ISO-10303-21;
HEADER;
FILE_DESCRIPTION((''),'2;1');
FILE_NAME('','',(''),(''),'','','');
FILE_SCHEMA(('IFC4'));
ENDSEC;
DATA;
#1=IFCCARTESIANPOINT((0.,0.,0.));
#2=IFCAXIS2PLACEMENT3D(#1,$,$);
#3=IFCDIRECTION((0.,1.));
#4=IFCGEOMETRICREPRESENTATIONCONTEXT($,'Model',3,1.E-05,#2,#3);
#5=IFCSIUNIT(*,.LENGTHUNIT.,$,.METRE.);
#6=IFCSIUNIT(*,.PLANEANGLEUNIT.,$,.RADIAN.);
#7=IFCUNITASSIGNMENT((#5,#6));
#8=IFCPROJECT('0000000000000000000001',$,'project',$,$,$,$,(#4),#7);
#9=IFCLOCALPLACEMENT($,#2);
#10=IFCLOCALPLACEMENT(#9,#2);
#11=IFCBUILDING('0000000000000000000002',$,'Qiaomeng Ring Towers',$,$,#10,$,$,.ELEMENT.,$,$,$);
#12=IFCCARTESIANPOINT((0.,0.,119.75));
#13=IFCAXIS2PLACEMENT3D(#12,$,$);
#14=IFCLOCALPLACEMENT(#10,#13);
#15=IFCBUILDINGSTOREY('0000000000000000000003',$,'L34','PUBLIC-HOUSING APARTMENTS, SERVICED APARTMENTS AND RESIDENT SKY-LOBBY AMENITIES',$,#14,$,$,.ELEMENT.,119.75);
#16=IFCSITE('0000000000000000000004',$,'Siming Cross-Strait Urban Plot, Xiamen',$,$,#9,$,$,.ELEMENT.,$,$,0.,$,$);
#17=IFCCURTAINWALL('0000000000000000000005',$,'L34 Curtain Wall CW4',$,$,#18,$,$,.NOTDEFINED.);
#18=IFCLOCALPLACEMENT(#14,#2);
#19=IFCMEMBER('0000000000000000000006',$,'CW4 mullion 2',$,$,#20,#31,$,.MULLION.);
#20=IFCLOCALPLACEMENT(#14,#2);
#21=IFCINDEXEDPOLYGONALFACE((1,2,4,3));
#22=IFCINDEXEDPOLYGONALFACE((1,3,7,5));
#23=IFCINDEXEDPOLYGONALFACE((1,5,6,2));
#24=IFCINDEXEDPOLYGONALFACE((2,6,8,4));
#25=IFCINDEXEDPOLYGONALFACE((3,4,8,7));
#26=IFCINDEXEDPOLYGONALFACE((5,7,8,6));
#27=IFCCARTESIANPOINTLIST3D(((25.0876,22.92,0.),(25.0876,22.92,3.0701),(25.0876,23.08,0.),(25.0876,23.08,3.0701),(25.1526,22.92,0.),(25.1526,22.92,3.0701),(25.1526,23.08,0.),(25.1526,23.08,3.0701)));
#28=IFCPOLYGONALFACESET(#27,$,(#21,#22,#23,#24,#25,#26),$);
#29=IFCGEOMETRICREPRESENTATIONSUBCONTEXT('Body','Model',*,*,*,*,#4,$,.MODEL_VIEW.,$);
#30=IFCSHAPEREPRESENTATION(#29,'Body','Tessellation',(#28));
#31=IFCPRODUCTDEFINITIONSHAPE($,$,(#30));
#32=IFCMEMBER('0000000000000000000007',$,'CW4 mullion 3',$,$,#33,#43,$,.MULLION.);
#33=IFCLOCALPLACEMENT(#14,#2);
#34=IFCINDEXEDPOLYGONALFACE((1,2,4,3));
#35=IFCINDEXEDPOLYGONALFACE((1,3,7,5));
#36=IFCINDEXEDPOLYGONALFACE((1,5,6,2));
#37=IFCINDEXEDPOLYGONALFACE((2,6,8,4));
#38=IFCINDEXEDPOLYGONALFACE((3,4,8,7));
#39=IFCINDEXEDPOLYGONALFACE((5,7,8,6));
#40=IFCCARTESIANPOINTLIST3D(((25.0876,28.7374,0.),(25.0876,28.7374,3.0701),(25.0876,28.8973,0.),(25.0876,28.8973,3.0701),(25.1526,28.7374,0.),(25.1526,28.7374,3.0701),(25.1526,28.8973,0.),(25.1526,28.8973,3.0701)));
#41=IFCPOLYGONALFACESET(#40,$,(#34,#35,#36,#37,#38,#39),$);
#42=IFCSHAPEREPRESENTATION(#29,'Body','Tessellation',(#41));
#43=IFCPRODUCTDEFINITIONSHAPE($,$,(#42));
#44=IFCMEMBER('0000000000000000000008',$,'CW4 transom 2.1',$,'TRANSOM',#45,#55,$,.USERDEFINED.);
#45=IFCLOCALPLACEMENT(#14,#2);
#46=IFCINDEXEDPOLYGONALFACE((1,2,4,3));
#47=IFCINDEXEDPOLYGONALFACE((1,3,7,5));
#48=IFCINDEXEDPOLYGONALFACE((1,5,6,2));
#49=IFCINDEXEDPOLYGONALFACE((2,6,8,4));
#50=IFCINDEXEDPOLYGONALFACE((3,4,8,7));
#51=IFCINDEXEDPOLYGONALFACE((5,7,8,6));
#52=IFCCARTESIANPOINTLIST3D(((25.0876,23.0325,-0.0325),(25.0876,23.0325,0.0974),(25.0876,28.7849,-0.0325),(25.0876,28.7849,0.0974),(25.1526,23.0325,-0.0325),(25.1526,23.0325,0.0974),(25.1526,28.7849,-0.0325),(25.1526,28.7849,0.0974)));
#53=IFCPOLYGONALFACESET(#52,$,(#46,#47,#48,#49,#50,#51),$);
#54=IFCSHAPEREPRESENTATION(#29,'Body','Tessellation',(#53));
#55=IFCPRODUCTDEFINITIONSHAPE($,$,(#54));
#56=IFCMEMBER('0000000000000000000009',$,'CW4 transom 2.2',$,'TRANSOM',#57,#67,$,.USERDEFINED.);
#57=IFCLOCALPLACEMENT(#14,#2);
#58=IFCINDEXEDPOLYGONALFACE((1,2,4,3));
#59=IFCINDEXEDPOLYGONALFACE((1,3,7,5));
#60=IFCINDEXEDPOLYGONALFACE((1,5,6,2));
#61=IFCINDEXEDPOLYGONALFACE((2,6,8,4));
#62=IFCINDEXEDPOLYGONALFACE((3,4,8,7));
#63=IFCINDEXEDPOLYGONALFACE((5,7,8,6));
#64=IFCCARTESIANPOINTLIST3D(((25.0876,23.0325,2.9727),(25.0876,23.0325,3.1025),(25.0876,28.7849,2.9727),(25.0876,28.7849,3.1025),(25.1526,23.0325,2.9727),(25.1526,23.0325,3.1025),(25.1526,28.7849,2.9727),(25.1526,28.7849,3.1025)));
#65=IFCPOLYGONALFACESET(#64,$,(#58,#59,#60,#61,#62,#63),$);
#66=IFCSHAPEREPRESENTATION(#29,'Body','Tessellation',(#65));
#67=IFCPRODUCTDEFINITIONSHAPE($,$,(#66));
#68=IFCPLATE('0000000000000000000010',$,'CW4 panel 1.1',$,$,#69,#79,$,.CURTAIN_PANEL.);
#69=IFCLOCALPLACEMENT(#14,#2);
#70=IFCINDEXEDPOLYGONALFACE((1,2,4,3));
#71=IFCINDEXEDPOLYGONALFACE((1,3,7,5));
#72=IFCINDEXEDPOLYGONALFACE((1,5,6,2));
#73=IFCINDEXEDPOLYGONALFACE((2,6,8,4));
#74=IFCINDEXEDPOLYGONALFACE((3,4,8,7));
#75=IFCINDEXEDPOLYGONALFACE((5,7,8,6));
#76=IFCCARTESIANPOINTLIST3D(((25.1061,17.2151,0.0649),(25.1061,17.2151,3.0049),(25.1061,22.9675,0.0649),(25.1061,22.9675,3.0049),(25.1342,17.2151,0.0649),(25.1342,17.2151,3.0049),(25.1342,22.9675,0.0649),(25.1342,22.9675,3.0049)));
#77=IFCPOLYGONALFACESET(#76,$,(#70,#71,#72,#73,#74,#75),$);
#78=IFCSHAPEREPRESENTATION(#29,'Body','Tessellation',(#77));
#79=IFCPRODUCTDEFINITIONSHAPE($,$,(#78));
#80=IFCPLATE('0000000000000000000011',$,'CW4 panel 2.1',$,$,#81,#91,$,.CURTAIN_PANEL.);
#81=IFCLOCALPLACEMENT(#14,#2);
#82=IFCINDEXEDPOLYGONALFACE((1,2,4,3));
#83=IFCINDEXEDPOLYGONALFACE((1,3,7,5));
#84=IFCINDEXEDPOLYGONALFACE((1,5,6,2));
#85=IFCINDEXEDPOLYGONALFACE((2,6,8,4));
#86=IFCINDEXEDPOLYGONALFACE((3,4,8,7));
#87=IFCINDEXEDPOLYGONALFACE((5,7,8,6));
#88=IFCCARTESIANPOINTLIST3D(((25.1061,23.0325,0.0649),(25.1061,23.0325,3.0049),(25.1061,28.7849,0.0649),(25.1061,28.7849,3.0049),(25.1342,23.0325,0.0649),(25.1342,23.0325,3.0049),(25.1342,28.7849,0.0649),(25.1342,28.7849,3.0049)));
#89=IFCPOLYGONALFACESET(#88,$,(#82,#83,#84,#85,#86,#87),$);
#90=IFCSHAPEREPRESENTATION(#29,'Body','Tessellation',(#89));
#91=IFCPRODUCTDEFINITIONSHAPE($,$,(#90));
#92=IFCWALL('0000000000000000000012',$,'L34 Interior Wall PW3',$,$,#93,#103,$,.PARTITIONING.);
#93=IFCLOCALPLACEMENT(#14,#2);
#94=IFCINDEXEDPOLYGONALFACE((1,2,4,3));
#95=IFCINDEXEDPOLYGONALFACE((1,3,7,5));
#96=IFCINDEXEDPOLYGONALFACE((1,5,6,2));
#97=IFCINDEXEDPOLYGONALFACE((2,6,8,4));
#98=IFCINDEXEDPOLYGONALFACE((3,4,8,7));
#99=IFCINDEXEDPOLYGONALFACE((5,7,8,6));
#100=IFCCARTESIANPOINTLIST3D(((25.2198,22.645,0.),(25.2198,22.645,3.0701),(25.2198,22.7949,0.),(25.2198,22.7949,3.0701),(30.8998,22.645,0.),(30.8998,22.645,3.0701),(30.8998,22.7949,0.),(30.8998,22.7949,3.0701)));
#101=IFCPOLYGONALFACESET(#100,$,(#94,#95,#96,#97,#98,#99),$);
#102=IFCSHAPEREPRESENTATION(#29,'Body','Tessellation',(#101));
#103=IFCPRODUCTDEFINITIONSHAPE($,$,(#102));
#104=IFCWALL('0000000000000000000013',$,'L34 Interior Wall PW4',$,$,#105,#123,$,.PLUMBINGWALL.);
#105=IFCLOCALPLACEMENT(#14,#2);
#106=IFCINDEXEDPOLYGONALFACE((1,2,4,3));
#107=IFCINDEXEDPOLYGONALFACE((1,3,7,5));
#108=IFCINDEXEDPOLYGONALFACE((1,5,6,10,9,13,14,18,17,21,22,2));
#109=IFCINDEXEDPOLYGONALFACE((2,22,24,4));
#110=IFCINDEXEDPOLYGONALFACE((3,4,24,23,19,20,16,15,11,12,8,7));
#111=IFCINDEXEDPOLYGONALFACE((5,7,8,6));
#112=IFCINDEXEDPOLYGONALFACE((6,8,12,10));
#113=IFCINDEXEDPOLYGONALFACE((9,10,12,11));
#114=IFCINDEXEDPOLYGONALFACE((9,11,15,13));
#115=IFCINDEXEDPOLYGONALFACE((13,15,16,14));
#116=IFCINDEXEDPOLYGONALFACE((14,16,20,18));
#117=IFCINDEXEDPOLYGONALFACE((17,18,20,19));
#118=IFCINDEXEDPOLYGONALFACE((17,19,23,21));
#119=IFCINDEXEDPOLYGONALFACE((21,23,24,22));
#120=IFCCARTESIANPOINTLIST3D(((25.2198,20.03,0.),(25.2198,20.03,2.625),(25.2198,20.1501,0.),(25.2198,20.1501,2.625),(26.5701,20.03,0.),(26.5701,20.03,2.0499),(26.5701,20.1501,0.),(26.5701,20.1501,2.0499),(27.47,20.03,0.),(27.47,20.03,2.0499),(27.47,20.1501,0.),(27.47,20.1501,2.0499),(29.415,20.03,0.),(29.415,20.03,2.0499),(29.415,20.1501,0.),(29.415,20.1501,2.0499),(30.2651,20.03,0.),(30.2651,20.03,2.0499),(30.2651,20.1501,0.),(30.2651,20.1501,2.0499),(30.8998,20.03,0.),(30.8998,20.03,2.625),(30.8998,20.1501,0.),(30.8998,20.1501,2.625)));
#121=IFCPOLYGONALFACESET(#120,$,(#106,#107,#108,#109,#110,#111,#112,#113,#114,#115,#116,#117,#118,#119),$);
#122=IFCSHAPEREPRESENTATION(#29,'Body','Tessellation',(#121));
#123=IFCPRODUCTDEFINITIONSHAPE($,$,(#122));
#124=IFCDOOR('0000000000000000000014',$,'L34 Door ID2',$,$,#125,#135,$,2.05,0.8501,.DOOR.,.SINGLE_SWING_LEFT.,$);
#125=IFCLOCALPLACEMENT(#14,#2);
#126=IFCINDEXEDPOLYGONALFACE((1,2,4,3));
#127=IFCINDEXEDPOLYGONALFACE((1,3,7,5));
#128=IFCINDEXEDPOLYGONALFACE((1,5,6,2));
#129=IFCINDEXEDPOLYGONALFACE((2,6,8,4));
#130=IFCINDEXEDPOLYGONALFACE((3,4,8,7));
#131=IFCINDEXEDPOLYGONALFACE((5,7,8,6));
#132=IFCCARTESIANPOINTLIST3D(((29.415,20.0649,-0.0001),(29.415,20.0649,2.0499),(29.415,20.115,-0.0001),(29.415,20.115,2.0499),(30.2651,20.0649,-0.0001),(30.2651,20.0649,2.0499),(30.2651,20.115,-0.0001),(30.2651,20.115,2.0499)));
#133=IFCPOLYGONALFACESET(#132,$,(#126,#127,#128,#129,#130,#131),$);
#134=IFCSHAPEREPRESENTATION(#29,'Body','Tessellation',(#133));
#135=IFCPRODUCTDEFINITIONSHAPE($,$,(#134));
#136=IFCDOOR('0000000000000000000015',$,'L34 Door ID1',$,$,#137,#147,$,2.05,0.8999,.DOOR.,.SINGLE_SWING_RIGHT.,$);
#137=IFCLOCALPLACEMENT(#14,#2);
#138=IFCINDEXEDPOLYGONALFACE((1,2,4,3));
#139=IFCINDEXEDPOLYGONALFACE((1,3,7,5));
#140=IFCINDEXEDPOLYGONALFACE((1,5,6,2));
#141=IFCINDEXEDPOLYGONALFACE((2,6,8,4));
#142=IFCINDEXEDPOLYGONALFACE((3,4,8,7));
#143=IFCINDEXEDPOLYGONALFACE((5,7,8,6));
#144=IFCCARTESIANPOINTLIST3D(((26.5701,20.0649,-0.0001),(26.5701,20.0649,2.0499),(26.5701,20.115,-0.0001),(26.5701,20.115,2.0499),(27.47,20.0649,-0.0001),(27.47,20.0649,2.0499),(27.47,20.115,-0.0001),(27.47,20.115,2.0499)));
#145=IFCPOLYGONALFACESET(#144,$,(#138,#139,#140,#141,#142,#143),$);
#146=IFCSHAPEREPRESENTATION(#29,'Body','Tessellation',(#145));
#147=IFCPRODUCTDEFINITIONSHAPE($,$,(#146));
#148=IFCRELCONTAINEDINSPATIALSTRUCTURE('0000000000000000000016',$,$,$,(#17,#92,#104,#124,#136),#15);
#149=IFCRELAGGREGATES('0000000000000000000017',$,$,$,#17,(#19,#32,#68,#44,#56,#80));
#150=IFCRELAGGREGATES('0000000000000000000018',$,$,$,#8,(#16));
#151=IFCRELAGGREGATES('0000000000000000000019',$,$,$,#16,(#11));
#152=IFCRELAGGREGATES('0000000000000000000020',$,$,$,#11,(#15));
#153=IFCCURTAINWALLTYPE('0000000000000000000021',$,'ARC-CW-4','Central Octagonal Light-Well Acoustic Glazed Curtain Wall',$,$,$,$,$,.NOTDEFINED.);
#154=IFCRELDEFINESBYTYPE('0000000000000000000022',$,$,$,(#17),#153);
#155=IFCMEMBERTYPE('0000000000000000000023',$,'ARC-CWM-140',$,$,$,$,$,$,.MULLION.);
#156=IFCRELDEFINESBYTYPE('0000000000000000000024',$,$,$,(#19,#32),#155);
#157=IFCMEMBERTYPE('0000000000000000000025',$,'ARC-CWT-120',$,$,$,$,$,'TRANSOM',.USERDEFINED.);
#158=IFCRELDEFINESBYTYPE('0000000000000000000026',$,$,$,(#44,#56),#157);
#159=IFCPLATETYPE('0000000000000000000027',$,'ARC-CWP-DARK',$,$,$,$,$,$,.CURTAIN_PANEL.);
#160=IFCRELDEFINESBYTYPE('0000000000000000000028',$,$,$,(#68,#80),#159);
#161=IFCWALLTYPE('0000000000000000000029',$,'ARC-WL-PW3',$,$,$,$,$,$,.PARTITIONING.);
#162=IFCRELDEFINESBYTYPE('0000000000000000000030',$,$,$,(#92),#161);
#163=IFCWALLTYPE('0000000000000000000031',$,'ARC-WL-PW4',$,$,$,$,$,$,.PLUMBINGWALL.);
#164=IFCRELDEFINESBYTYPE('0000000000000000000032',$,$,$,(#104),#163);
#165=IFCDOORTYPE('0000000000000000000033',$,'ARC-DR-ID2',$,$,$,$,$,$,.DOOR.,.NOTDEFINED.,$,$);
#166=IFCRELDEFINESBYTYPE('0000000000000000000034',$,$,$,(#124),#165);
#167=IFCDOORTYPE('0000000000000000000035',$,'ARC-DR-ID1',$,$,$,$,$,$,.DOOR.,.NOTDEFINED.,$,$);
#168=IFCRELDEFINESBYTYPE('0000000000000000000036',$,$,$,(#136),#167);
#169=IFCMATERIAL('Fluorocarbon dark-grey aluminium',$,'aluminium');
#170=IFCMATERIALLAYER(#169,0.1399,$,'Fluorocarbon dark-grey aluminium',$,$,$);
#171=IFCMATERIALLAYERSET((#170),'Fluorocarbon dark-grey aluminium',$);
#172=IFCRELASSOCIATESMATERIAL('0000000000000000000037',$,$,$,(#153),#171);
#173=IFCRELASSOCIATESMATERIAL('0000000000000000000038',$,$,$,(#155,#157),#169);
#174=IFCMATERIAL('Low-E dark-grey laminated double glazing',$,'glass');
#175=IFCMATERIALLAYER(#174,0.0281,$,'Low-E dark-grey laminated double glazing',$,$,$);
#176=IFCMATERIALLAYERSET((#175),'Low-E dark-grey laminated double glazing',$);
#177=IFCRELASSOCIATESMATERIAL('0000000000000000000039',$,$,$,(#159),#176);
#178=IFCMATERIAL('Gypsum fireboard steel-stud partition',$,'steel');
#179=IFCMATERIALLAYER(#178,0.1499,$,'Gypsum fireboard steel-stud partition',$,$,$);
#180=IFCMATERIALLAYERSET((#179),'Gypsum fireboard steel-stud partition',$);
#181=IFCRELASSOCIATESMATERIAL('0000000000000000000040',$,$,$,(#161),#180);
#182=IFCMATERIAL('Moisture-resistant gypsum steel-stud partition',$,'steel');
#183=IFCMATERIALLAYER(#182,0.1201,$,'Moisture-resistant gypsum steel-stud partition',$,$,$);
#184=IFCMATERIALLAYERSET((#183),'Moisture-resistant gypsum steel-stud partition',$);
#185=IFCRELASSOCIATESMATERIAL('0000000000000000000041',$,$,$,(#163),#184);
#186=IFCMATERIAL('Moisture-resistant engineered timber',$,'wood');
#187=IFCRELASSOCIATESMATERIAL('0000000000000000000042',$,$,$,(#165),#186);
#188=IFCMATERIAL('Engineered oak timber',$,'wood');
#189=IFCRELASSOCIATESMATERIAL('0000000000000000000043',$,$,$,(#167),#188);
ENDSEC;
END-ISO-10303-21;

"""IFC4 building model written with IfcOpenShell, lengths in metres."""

from ifc_helpers import new_model, si_unit, direction, frame, frame_2d, origin, origin_2d, place, context, subcontext, project, spatial, rectangle, extrude, source, transform, mapped, material, layer, layer_set, material_profile, profile_set, type_object, element, fill, aggregate, save


model = new_model("IFC4")

# Units and contexts
model_context = context("Model", 3, precision=1e-05, world=origin(), true_north=direction((0.0, 1.0)))
body_context = subcontext(model_context, "Body", "Model", "MODEL_VIEW")
ifc_project = project(units=[si_unit("LENGTHUNIT", "METRE"), si_unit("PLANEANGLEUNIT", "RADIAN")], contexts=[model_context])

# Site, building, storey
site_placement = place(None, origin())
site = spatial("IfcSite", under=ifc_project, at=site_placement, Name="Siming Cross-Strait Urban Plot, Xiamen", CompositionType="ELEMENT", RefElevation=0.0)
building_placement = place(site_placement, origin())
building = spatial("IfcBuilding", under=site, at=building_placement, Name="Qiaomeng Ring Towers", CompositionType="ELEMENT")
storey_placement = place(building_placement, frame((0.0, 0.0, 119.75)))
storey = spatial("IfcBuildingStorey", under=building, at=storey_placement, Name="L34", Description="PUBLIC-HOUSING APARTMENTS, SERVICED APARTMENTS AND RESIDENT SKY-LOBBY AMENITIES", CompositionType="ELEMENT", Elevation=119.75)

# Curtain wall, members, plates
ifc_material_1 = material(Name="Fluorocarbon dark-grey aluminium", Category="aluminium")
ifc_layer_1 = layer(ifc_material_1, 0.1399, Name="Fluorocarbon dark-grey aluminium")
ifc_layer_set_1 = layer_set([ifc_layer_1], Name="Fluorocarbon dark-grey aluminium")
curtain_wall_type = type_object("IfcCurtainWallType", Name="ARC-CW-4", Description="Central Octagonal Light-Well Acoustic Glazed Curtain Wall", PredefinedType="NOTDEFINED", material=ifc_layer_set_1)
curtain_wall_placement = place(storey_placement, origin())
curtain_wall = element("IfcCurtainWall", 1, at=curtain_wall_placement, inside=storey, type_object=curtain_wall_type, Name="L34 Curtain Wall CW4", PredefinedType="NOTDEFINED")
ifc_material_profile_1 = material_profile(ifc_material_1, rectangle(XDim=0.0649, YDim=0.1599, at=origin_2d()), Name="ALU MULL 65x160")
ifc_profile_set_1 = profile_set([ifc_material_profile_1], Name="Fluorocarbon dark-grey aluminium")
member_type_1 = type_object("IfcMemberType", Name="ARC-CWM-140", PredefinedType="MULLION", material=ifc_profile_set_1)
shared_shape_1 = source(origin(), body_context, "Body", "SweptSolid", [
    extrude(rectangle(XDim=0.0649, YDim=0.1599, at=origin_2d()), origin(), (0.0, 0.0, 1.0), 3.0701),
])
member_1_placement = place(storey_placement, frame((25.1201, 23.0, 0.0), z_axis=(0.0, 0.0, 1.0), x_axis=(-1.0, 0.0, 0.0)))
member_1 = element("IfcMember", 2, at=member_1_placement, type_object=member_type_1, Name="CW4 mullion 2", PredefinedType="MULLION", context=body_context, shape_type="MappedRepresentation", body=[
    mapped(shared_shape_1, transform((0.0, 0.0, 0.0), x_axis=(1.0, 0.0, 0.0), y_axis=(0.0, 1.0, 0.0), z_axis=(0.0, 0.0, 1.0), scale=1.0)),
])
member_2_placement = place(storey_placement, frame((25.1201, 28.8174, 0.0), z_axis=(0.0, 0.0, 1.0), x_axis=(-1.0, 0.0, 0.0)))
member_2 = element("IfcMember", 3, at=member_2_placement, type_object=member_type_1, Name="CW4 mullion 3", PredefinedType="MULLION", context=body_context, shape_type="MappedRepresentation", body=[
    mapped(shared_shape_1, transform((0.0, 0.0, 0.0), x_axis=(1.0, 0.0, 0.0), y_axis=(0.0, 1.0, 0.0), z_axis=(0.0, 0.0, 1.0), scale=1.0)),
])
ifc_material_profile_2 = material_profile(ifc_material_1, rectangle(XDim=0.0649, YDim=0.1299, at=origin_2d()), Name="ALU TRAN 65x130")
ifc_profile_set_2 = profile_set([ifc_material_profile_2], Name="Fluorocarbon dark-grey aluminium")
member_type_2 = type_object("IfcMemberType", Name="ARC-CWT-120", ElementType="TRANSOM", PredefinedType="USERDEFINED", material=ifc_profile_set_2)
shared_shape_2 = source(origin(), body_context, "Body", "SweptSolid", [
    extrude(rectangle(XDim=0.0649, YDim=0.1299, at=origin_2d()), origin(), (0.0, 0.0, 1.0), 5.7524),
])
member_3_placement = place(storey_placement, frame((25.1201, 23.0325, 0.0325), z_axis=(0.0, 1.0, 0.0), x_axis=(-1.0, 0.0, 0.0)))
member_3 = element("IfcMember", 4, at=member_3_placement, type_object=member_type_2, Name="CW4 transom 2.1", ObjectType="TRANSOM", PredefinedType="USERDEFINED", context=body_context, shape_type="MappedRepresentation", body=[
    mapped(shared_shape_2, transform((0.0, 0.0, 0.0), x_axis=(1.0, 0.0, 0.0), y_axis=(0.0, 1.0, 0.0), z_axis=(0.0, 0.0, 1.0), scale=1.0)),
])
member_4_placement = place(storey_placement, frame((25.1201, 23.0325, 3.0376), z_axis=(0.0, 1.0, 0.0), x_axis=(-1.0, 0.0, 0.0)))
member_4 = element("IfcMember", 5, at=member_4_placement, type_object=member_type_2, Name="CW4 transom 2.2", ObjectType="TRANSOM", PredefinedType="USERDEFINED", context=body_context, shape_type="MappedRepresentation", body=[
    mapped(shared_shape_2, transform((0.0, 0.0, 0.0), x_axis=(1.0, 0.0, 0.0), y_axis=(0.0, 1.0, 0.0), z_axis=(0.0, 0.0, 1.0), scale=1.0)),
])
ifc_material_2 = material(Name="Low-E dark-grey laminated double glazing", Category="glass")
ifc_layer_2 = layer(ifc_material_2, 0.0281, Name="Low-E dark-grey laminated double glazing")
ifc_layer_set_2 = layer_set([ifc_layer_2], Name="Low-E dark-grey laminated double glazing")
plate_type = type_object("IfcPlateType", Name="ARC-CWP-DARK", PredefinedType="CURTAIN_PANEL", material=ifc_layer_set_2)
shared_shape_3 = source(origin(), body_context, "Body", "SweptSolid", [
    extrude(rectangle(XDim=5.7524, YDim=0.0281, at=origin_2d()), origin(), (0.0, 0.0, 1.0), 2.9399),
])
plate_1_placement = place(storey_placement, frame((25.1201, 20.0913, 0.0649), z_axis=(0.0, 0.0, 1.0), x_axis=(0.0, 1.0, 0.0)))
plate_1 = element("IfcPlate", 6, at=plate_1_placement, type_object=plate_type, Name="CW4 panel 1.1", PredefinedType="CURTAIN_PANEL", context=body_context, shape_type="MappedRepresentation", body=[
    mapped(shared_shape_3, transform((0.0, 0.0, 0.0), x_axis=(1.0, 0.0, 0.0), y_axis=(0.0, 1.0, 0.0), z_axis=(0.0, 0.0, 1.0), scale=1.0)),
])
plate_2_placement = place(storey_placement, frame((25.1201, 25.9087, 0.0649), z_axis=(0.0, 0.0, 1.0), x_axis=(0.0, 1.0, 0.0)))
plate_2 = element("IfcPlate", 7, at=plate_2_placement, type_object=plate_type, Name="CW4 panel 2.1", PredefinedType="CURTAIN_PANEL", context=body_context, shape_type="MappedRepresentation", body=[
    mapped(shared_shape_3, transform((0.0, 0.0, 0.0), x_axis=(1.0, 0.0, 0.0), y_axis=(0.0, 1.0, 0.0), z_axis=(0.0, 0.0, 1.0), scale=1.0)),
])
aggregate(curtain_wall, [member_1, member_2, plate_1, member_3, member_4, plate_2])

# Wall
ifc_material_3 = material(Name="Gypsum fireboard steel-stud partition", Category="steel")
ifc_layer_3 = layer(ifc_material_3, 0.1499, Name="Gypsum fireboard steel-stud partition")
ifc_layer_set_3 = layer_set([ifc_layer_3], Name="Gypsum fireboard steel-stud partition")
wall_type_1 = type_object("IfcWallType", Name="ARC-WL-PW3", PredefinedType="PARTITIONING", material=ifc_layer_set_3)
wall_1_placement = place(storey_placement, frame((25.22, 22.72, 0.0), z_axis=(0.0, 0.0, 1.0), x_axis=(1.0, 0.0, 0.0)))
element("IfcWall", 8, at=wall_1_placement, inside=storey, type_object=wall_type_1, Name="L34 Interior Wall PW3", PredefinedType="PARTITIONING", context=body_context, shape_type="SweptSolid", body=[
    extrude(rectangle(XDim=5.6799, YDim=0.1499, at=frame_2d((2.8398, 0.0))), origin(), (0.0, 0.0, 1.0), 3.0701),
])

# Wall, openings, doors
ifc_material_4 = material(Name="Moisture-resistant gypsum steel-stud partition", Category="steel")
ifc_layer_4 = layer(ifc_material_4, 0.1201, Name="Moisture-resistant gypsum steel-stud partition")
ifc_layer_set_4 = layer_set([ifc_layer_4], Name="Moisture-resistant gypsum steel-stud partition")
wall_type_2 = type_object("IfcWallType", Name="ARC-WL-PW4", PredefinedType="PLUMBINGWALL", material=ifc_layer_set_4)
wall_2_placement = place(storey_placement, frame((25.22, 20.0901, 0.0), z_axis=(0.0, 0.0, 1.0), x_axis=(1.0, 0.0, 0.0)))
wall_2 = element("IfcWall", 9, at=wall_2_placement, inside=storey, type_object=wall_type_2, Name="L34 Interior Wall PW4", PredefinedType="PLUMBINGWALL", context=body_context, shape_type="SweptSolid", body=[
    extrude(rectangle(XDim=5.6799, YDim=0.1201, at=frame_2d((2.8398, 0.0))), origin(), (0.0, 0.0, 1.0), 2.625),
])
opening_1_placement = place(wall_2_placement, frame((1.3501, 0.0, 0.0)))
opening_1 = element("IfcOpeningElement", 10, at=opening_1_placement, cuts=wall_2, PredefinedType="OPENING", context=body_context, shape_type="SweptSolid", body=[
    extrude(rectangle(XDim=0.8999, YDim=2.05, at=frame_2d((0.45, 1.0249))), frame((0.0, 0.0701, 0.0), z_axis=(0.0, -1.0, 0.0), x_axis=(1.0, 0.0, 0.0)), (0.0, 0.0, 1.0), 0.1401),
])
opening_2_placement = place(wall_2_placement, frame((4.1951, 0.0, 0.0)))
opening_2 = element("IfcOpeningElement", 11, at=opening_2_placement, cuts=wall_2, PredefinedType="OPENING", context=body_context, shape_type="SweptSolid", body=[
    extrude(rectangle(XDim=0.8501, YDim=2.05, at=frame_2d((0.425, 1.0249))), frame((0.0, 0.0701, 0.0), z_axis=(0.0, -1.0, 0.0), x_axis=(1.0, 0.0, 0.0)), (0.0, 0.0, 1.0), 0.1401),
])
ifc_material_5 = material(Name="Moisture-resistant engineered timber", Category="wood")
door_type_1 = type_object("IfcDoorType", Name="ARC-DR-ID2", OperationType="NOTDEFINED", PredefinedType="DOOR", material=ifc_material_5)
shared_shape_4 = source(origin(), body_context, "Body", "SweptSolid", [
    extrude(rectangle(XDim=0.8501, YDim=2.05, at=frame_2d((0.425, 1.0249))), frame((0.0, 0.0249, 0.0), z_axis=(0.0, -1.0, 0.0), x_axis=(1.0, 0.0, 0.0)), (0.0, 0.0, 1.0), 0.05),
])
door_1_placement = place(opening_2_placement, origin())
door_1 = element("IfcDoor", 12, at=door_1_placement, inside=storey, type_object=door_type_1, Name="L34 Door ID2", OperationType="SINGLE_SWING_LEFT", OverallHeight=2.05, OverallWidth=0.8501, PredefinedType="DOOR", context=body_context, shape_type="MappedRepresentation", body=[
    mapped(shared_shape_4, transform((0.0, 0.0, 0.0), x_axis=(1.0, 0.0, 0.0), y_axis=(0.0, 1.0, 0.0), z_axis=(0.0, 0.0, 1.0), scale=1.0)),
])
fill(opening_2, door_1)
ifc_material_6 = material(Name="Engineered oak timber", Category="wood")
door_type_2 = type_object("IfcDoorType", Name="ARC-DR-ID1", OperationType="NOTDEFINED", PredefinedType="DOOR", material=ifc_material_6)
shared_shape_5 = source(origin(), body_context, "Body", "SweptSolid", [
    extrude(rectangle(XDim=0.8999, YDim=2.05, at=frame_2d((0.45, 1.0249))), frame((0.0, 0.0249, 0.0), z_axis=(0.0, -1.0, 0.0), x_axis=(1.0, 0.0, 0.0)), (0.0, 0.0, 1.0), 0.05),
])
door_2_placement = place(opening_1_placement, origin())
door_2 = element("IfcDoor", 13, at=door_2_placement, inside=storey, type_object=door_type_2, Name="L34 Door ID1", OperationType="SINGLE_SWING_RIGHT", OverallHeight=2.05, OverallWidth=0.8999, PredefinedType="DOOR", context=body_context, shape_type="MappedRepresentation", body=[
    mapped(shared_shape_5, transform((0.0, 0.0, 0.0), x_axis=(1.0, 0.0, 0.0), y_axis=(0.0, 1.0, 0.0), z_axis=(0.0, 0.0, 1.0), scale=1.0)),
])
fill(opening_1, door_2)

save(model, "model.ifc")
